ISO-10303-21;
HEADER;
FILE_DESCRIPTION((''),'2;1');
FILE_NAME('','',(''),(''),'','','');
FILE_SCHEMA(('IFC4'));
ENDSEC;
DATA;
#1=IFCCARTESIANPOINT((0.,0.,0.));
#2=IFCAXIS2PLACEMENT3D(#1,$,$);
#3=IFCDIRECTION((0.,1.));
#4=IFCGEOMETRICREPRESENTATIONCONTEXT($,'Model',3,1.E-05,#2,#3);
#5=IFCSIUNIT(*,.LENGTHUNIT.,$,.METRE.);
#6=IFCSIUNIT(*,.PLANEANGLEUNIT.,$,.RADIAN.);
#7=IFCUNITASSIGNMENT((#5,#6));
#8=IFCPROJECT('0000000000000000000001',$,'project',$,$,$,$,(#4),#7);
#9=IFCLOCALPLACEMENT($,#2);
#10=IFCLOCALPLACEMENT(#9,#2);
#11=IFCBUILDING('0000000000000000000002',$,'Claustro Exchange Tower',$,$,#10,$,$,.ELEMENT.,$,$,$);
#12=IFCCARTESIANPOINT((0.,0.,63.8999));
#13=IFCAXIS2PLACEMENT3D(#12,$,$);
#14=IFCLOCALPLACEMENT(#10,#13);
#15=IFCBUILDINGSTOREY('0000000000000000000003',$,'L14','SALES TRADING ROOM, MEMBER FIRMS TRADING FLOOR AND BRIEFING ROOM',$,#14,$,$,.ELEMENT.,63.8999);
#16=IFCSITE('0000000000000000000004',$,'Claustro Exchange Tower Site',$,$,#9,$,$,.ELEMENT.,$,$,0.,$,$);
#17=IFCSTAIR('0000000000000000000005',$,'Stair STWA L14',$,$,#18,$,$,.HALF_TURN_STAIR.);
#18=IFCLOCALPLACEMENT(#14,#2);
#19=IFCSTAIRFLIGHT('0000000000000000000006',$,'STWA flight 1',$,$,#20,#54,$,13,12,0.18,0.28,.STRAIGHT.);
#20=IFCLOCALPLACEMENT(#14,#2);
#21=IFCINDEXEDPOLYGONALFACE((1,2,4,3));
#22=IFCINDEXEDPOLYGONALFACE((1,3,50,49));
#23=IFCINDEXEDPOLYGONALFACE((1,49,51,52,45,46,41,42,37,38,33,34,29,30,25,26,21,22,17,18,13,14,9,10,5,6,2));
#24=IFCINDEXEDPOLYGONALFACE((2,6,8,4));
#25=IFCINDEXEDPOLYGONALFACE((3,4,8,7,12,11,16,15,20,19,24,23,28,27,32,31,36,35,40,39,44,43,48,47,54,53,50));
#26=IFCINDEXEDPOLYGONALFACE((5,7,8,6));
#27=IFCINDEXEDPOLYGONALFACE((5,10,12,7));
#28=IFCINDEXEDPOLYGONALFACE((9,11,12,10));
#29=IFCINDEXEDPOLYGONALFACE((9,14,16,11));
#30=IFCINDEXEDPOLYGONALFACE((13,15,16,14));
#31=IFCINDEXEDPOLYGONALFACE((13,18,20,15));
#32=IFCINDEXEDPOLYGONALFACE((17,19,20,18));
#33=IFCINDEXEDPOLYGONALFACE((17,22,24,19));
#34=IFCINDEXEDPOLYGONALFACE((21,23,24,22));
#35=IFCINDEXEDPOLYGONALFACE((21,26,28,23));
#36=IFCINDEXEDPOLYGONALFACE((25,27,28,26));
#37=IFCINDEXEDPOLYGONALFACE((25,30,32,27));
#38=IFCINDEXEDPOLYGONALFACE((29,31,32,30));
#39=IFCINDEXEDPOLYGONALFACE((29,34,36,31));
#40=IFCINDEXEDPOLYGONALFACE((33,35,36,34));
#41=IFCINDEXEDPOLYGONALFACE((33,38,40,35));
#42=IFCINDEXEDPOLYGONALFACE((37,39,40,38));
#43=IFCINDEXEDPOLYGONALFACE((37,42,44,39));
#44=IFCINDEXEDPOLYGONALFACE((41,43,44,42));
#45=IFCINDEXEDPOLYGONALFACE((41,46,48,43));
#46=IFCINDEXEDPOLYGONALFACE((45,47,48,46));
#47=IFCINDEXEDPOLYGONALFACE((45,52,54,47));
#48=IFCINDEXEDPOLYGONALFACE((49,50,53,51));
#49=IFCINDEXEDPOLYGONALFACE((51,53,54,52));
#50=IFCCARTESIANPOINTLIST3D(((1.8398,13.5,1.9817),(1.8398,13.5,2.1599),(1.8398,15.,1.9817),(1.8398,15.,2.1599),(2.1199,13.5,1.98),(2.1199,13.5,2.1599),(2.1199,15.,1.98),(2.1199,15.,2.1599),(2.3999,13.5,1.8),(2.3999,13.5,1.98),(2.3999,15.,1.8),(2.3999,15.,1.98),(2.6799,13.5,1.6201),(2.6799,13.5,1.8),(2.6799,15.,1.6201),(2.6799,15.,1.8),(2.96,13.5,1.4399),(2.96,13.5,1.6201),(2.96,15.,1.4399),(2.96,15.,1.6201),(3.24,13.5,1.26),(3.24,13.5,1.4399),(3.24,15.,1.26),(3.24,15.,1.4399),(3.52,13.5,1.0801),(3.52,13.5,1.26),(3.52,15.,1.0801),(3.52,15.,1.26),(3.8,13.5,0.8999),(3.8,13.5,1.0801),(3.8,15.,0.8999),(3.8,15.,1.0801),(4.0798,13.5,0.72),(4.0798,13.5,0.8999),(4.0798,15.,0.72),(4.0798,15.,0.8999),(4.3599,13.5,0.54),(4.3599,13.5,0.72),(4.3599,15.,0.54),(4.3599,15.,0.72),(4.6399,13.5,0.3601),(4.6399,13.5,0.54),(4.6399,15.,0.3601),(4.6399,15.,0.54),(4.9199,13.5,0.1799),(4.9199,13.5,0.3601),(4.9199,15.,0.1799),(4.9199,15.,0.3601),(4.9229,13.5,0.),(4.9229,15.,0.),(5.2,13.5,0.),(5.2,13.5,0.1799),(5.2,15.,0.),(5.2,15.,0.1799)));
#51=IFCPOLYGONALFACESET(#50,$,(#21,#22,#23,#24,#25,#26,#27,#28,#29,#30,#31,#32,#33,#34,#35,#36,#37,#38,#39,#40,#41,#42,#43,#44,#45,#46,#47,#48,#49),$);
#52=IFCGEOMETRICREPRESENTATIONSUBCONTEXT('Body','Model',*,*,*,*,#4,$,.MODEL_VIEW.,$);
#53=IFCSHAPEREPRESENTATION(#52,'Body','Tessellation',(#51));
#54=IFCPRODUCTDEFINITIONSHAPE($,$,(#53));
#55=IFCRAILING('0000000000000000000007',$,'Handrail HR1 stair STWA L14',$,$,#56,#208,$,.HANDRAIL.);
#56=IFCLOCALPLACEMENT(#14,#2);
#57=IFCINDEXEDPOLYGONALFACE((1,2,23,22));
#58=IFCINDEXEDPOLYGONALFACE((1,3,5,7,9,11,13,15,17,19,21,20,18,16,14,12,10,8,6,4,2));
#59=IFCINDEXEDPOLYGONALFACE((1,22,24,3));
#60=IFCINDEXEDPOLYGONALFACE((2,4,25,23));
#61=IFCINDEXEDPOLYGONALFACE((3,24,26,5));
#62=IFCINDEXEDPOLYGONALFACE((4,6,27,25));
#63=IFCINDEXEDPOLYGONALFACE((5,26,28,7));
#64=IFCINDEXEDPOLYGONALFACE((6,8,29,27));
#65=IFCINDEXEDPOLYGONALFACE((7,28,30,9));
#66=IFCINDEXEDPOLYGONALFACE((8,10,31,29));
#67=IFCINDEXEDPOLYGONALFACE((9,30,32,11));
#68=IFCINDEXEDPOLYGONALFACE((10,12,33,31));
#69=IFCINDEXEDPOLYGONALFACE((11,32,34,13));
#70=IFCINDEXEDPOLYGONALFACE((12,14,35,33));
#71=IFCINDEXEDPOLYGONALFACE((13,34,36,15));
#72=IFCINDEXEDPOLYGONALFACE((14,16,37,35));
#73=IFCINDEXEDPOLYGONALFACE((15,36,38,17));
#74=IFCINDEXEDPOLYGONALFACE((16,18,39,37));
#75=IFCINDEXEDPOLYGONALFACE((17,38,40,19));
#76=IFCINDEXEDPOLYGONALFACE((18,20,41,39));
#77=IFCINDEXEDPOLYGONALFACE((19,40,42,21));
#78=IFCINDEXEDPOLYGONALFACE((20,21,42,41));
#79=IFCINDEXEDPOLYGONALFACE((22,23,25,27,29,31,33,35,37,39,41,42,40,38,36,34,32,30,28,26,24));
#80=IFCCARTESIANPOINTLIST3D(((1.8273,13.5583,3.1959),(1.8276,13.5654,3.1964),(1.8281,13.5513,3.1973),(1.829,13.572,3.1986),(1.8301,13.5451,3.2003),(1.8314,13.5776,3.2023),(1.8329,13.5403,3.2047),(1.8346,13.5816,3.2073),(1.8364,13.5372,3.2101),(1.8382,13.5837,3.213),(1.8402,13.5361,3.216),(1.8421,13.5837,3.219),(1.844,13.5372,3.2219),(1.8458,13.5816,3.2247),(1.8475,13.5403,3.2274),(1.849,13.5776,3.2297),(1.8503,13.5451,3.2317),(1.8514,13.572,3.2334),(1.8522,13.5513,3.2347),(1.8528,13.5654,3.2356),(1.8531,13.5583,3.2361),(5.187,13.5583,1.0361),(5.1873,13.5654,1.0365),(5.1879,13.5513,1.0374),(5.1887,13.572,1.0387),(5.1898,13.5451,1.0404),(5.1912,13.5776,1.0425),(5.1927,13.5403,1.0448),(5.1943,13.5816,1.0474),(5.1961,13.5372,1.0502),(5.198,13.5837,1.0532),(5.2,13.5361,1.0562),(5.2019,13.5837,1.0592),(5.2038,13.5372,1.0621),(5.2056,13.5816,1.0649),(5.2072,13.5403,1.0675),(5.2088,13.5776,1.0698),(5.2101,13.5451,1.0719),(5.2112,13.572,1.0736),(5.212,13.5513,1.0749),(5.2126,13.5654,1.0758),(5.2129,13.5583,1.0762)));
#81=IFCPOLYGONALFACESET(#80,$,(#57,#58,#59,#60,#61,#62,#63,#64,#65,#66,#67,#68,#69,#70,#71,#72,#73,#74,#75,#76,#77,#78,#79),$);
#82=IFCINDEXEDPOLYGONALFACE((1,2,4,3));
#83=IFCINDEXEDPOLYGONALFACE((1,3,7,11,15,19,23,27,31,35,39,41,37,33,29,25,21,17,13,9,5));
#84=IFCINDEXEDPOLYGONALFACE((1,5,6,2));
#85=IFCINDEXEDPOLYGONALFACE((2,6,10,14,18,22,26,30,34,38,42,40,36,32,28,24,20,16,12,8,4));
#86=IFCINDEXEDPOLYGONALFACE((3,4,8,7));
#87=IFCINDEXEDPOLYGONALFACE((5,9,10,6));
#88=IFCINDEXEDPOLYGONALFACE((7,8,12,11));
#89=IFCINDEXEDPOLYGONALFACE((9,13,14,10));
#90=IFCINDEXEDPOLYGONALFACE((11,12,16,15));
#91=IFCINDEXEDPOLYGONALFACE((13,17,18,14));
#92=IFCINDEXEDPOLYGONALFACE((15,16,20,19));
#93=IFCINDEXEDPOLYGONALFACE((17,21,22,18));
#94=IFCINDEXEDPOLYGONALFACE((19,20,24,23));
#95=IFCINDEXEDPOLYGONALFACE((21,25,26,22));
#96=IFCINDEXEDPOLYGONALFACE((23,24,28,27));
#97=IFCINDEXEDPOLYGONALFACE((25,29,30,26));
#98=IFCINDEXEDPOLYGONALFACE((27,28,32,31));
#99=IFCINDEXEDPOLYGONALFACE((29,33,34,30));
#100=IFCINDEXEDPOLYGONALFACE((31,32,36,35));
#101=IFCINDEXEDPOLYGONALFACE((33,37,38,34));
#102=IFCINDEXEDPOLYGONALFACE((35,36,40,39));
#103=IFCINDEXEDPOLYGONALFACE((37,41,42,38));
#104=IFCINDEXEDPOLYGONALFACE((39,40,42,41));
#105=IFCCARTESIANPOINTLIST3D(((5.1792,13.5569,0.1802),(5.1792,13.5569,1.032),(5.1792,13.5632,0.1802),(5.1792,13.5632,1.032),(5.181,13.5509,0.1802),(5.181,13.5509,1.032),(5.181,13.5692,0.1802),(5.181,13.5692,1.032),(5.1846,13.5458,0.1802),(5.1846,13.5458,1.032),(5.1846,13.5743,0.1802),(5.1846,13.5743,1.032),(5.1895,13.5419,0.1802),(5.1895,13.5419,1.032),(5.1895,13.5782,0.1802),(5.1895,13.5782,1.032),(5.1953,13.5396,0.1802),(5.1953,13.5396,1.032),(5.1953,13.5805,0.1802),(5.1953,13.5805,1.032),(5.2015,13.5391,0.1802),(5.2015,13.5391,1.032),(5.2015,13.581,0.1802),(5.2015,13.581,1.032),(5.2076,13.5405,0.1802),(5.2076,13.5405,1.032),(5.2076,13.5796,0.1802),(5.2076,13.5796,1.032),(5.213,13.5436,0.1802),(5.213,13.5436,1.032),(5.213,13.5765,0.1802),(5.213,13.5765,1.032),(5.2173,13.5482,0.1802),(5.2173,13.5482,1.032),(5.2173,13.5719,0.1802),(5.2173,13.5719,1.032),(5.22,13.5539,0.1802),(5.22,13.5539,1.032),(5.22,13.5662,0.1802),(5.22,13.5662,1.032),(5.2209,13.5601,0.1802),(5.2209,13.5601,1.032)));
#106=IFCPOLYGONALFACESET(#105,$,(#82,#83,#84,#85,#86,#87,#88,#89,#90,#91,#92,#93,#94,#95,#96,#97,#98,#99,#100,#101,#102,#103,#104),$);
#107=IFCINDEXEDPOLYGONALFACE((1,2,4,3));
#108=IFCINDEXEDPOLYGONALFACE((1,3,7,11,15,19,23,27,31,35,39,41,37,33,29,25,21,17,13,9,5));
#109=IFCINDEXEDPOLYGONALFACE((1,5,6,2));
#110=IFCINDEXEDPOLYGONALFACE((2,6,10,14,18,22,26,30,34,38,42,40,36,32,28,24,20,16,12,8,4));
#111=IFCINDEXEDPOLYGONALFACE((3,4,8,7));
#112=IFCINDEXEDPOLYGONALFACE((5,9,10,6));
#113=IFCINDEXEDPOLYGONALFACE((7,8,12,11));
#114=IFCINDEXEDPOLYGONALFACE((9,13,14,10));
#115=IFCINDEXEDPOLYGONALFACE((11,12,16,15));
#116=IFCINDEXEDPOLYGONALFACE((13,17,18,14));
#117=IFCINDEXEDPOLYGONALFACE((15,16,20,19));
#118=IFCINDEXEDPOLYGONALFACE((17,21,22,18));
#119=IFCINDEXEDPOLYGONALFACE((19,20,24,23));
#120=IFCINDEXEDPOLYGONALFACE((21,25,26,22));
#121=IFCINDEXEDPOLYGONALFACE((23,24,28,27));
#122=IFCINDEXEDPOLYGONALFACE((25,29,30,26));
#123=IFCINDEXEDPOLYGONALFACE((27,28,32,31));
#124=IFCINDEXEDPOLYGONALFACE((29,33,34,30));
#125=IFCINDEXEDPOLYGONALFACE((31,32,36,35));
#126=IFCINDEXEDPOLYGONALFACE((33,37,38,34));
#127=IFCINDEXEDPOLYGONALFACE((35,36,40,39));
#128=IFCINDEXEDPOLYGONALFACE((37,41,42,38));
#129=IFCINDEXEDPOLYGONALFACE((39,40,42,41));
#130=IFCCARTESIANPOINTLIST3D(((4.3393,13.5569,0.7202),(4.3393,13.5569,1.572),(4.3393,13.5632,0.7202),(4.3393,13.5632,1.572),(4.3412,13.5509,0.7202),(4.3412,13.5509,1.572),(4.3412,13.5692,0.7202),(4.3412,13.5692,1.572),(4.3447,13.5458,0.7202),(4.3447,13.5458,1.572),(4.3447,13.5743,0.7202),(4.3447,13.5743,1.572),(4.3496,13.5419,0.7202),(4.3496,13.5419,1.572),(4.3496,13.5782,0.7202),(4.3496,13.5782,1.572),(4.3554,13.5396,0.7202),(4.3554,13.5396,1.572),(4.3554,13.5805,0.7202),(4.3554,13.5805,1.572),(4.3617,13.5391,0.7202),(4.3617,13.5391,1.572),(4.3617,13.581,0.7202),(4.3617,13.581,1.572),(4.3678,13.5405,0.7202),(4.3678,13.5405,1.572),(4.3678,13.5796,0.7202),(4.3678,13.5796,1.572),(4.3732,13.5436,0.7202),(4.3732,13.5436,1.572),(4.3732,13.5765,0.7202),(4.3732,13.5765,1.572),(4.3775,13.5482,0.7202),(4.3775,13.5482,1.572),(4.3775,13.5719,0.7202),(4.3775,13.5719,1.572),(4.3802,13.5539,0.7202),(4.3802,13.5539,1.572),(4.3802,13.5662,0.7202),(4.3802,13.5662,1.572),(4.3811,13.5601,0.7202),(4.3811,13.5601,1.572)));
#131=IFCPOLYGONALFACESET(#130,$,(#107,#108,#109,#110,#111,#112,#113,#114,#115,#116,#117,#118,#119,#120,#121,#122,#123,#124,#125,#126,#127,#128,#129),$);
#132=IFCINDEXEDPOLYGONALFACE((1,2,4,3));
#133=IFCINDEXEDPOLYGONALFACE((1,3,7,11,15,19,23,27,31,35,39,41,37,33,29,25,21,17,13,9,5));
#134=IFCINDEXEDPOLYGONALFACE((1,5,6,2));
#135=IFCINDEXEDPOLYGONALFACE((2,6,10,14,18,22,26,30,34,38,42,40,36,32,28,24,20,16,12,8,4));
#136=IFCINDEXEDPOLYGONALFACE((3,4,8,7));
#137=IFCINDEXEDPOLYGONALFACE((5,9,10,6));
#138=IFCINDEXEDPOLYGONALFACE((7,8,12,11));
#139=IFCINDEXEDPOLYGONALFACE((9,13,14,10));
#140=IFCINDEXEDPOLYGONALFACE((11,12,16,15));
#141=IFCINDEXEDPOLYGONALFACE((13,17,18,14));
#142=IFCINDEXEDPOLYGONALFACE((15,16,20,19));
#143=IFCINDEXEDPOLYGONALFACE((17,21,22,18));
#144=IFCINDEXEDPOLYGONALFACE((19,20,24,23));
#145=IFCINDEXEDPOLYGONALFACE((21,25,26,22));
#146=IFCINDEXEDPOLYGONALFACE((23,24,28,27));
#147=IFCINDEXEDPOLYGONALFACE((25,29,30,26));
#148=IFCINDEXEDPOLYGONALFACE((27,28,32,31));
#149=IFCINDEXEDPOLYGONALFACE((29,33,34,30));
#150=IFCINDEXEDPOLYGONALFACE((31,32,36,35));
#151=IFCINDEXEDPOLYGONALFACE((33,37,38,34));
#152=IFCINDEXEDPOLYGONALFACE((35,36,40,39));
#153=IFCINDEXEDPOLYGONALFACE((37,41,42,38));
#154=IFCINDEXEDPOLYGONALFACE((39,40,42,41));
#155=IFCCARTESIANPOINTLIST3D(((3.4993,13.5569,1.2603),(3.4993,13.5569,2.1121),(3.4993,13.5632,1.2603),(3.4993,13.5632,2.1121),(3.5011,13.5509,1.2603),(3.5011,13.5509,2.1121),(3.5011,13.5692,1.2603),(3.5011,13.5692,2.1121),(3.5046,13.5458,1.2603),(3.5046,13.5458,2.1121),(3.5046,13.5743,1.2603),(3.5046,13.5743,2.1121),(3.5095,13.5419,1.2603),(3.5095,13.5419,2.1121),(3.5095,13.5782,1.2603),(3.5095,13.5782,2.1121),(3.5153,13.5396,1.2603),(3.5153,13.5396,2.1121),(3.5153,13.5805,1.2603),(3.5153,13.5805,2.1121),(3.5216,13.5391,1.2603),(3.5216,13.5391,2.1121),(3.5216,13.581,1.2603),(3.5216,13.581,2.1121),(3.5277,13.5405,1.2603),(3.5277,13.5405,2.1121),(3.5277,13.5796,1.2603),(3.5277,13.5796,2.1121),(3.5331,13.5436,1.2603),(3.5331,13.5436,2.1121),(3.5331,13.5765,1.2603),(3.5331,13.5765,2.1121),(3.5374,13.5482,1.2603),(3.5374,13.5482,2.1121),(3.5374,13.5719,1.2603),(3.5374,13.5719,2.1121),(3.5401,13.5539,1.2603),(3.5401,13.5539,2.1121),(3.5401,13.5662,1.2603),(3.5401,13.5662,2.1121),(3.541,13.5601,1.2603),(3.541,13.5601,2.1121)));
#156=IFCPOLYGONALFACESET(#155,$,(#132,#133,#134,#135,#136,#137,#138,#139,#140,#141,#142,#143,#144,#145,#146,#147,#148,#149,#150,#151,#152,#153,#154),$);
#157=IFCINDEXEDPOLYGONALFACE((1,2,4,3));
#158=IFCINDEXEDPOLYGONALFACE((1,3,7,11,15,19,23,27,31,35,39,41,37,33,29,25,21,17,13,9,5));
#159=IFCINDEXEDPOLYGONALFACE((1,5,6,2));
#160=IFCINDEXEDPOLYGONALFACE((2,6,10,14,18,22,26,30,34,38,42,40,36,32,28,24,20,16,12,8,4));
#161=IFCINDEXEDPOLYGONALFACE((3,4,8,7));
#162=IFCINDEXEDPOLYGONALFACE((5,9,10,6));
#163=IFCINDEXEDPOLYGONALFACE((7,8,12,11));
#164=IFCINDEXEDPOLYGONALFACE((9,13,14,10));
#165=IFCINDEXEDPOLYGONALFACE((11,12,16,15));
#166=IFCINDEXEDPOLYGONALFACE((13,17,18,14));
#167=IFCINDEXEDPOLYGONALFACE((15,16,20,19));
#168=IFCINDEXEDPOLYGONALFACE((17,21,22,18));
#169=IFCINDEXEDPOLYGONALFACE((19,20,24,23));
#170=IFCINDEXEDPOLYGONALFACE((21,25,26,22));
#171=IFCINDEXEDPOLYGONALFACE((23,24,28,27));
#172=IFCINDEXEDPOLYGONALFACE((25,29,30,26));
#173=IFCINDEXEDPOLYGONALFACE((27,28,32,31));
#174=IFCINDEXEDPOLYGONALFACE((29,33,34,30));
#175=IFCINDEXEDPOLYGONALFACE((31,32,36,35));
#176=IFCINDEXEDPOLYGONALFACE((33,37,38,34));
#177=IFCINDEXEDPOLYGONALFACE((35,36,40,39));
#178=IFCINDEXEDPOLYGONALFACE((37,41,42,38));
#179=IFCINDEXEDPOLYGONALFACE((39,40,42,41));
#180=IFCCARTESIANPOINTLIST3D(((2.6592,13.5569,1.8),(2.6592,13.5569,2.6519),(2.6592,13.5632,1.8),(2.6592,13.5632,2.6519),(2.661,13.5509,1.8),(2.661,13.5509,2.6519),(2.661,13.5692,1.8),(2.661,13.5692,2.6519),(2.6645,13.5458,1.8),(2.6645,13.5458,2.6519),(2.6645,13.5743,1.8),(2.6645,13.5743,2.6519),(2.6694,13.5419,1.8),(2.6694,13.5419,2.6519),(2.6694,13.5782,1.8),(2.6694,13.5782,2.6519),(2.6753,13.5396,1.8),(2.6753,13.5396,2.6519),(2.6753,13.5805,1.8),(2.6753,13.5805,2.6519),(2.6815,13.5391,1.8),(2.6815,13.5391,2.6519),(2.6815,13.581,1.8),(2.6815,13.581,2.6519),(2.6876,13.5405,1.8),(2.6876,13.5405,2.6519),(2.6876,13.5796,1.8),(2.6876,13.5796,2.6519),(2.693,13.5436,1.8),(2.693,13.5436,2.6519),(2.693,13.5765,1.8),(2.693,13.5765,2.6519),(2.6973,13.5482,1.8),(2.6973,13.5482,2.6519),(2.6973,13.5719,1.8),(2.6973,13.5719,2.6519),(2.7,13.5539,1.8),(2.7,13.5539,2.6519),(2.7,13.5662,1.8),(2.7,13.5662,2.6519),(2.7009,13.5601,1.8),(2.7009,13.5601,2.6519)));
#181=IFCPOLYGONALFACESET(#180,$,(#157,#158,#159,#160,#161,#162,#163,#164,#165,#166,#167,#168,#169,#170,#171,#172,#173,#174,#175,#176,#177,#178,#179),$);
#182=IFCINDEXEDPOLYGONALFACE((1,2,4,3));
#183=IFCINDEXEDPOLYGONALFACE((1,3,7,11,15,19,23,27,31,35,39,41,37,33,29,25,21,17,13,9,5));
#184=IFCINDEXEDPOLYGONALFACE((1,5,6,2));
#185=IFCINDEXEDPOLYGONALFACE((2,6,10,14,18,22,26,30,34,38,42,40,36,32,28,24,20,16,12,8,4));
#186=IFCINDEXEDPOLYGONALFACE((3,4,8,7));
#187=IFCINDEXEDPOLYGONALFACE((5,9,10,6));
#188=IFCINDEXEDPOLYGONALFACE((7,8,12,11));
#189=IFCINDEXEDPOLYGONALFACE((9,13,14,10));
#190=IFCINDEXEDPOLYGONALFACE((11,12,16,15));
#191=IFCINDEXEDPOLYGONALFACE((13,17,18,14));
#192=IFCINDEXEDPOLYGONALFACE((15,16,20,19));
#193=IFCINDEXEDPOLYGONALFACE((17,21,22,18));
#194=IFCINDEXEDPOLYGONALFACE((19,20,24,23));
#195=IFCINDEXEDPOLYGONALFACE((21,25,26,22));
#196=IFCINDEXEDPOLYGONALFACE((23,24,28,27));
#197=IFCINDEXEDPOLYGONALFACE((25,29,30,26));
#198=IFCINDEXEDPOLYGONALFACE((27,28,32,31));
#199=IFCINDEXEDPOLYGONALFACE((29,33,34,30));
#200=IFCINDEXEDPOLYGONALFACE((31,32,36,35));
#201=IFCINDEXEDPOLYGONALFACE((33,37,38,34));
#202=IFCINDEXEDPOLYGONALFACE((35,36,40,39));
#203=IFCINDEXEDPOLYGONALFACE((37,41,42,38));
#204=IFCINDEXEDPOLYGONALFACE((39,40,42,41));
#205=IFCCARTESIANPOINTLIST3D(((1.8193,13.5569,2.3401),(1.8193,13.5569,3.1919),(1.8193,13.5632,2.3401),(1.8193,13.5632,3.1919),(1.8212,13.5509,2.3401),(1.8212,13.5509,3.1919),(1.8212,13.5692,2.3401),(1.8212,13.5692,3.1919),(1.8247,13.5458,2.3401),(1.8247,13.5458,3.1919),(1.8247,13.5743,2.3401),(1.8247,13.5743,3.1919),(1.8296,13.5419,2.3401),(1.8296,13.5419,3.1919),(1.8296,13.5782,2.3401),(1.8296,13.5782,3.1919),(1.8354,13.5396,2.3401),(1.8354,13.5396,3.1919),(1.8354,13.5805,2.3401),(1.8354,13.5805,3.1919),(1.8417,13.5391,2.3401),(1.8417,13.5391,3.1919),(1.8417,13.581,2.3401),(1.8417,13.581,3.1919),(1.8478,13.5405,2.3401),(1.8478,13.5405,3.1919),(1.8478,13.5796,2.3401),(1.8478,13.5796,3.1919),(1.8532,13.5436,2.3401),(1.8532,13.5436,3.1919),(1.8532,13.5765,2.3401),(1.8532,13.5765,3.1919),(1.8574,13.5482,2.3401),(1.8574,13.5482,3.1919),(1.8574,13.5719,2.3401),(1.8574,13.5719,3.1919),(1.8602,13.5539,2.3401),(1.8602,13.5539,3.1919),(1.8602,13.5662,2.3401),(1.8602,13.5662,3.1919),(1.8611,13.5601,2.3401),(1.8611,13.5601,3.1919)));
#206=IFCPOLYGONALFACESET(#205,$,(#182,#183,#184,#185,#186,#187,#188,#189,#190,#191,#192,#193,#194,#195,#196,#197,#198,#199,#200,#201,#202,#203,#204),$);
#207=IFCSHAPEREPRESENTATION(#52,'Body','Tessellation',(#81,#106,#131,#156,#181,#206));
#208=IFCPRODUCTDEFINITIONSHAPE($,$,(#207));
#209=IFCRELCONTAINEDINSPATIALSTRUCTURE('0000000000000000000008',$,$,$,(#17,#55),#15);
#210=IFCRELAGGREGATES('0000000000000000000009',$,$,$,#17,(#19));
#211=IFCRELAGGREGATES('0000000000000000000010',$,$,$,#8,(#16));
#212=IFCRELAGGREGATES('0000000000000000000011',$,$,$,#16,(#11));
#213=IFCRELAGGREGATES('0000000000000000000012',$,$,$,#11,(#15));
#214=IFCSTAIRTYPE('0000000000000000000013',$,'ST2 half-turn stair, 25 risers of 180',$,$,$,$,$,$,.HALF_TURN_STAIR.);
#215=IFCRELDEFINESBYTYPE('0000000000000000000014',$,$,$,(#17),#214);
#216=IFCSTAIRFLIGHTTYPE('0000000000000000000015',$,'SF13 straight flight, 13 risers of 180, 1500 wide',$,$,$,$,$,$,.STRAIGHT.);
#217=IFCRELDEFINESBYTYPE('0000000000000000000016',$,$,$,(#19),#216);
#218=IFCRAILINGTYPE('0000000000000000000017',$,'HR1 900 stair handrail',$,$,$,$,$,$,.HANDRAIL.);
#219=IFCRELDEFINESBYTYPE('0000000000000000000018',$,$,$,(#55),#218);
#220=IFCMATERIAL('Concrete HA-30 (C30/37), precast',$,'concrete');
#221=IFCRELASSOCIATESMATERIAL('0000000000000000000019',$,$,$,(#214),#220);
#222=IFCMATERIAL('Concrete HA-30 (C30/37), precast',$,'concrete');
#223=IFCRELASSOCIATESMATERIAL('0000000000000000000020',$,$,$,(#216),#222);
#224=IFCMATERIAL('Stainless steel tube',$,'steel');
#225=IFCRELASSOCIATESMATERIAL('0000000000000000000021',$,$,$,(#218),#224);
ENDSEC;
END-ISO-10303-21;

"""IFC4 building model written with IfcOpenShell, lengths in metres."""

from ifc_helpers import new_model, si_unit, direction, frame, origin, origin_2d, place, context, subcontext, project, spatial, polyline, circle, outline, extrude, material, type_object, element, aggregate, save


model = new_model("IFC4")

# Units and contexts
model_context = context("Model", 3, precision=1e-05, world=origin(), true_north=direction((0.0, 1.0)))
body_context = subcontext(model_context, "Body", "Model", "MODEL_VIEW")
ifc_project = project(units=[si_unit("LENGTHUNIT", "METRE"), si_unit("PLANEANGLEUNIT", "RADIAN")], contexts=[model_context])

# Site, building, storey
site_placement = place(None, origin())
site = spatial("IfcSite", under=ifc_project, at=site_placement, Name="Claustro Exchange Tower Site", CompositionType="ELEMENT", RefElevation=0.0)
building_placement = place(site_placement, origin())
building = spatial("IfcBuilding", under=site, at=building_placement, Name="Claustro Exchange Tower", CompositionType="ELEMENT")
storey_placement = place(building_placement, frame((0.0, 0.0, 63.8999)))
storey = spatial("IfcBuildingStorey", under=building, at=storey_placement, Name="L14", Description="SALES TRADING ROOM, MEMBER FIRMS TRADING FLOOR AND BRIEFING ROOM", CompositionType="ELEMENT", Elevation=63.8999)

# Stair, stair flight
ifc_material_1 = material(Name="Concrete HA-30 (C30/37), precast", Category="concrete")
stair_type = type_object("IfcStairType", Name="ST2 half-turn stair, 25 risers of 180", PredefinedType="HALF_TURN_STAIR", material=ifc_material_1)
stair_placement = place(storey_placement, origin())
stair = element("IfcStair", 1, at=stair_placement, inside=storey, type_object=stair_type, Name="Stair STWA L14", PredefinedType="HALF_TURN_STAIR")
ifc_material_2 = material(Name="Concrete HA-30 (C30/37), precast", Category="concrete")
stair_flight_type = type_object("IfcStairFlightType", Name="SF13 straight flight, 13 risers of 180, 1500 wide", PredefinedType="STRAIGHT", material=ifc_material_2)
stair_flight_placement = place(storey_placement, frame((5.2, 14.25, 0.0), z_axis=(0.0, 0.0, 1.0), x_axis=(-1.0, 0.0, 0.0)))
stair_flight = element("IfcStairFlight", 2, at=stair_flight_placement, type_object=stair_flight_type, Name="STWA flight 1", NumberOfRisers=13, NumberOfTreads=12, PredefinedType="STRAIGHT", RiserHeight=0.18, TreadLength=0.28, context=body_context, shape_type="SweptSolid", body=[
    extrude(outline(polyline([(0.0, 0.0), (0.0, 0.1799), (0.28, 0.1799), (0.28, 0.3601), (0.5601, 0.3601), (0.5601, 0.54), (0.8401, 0.54), (0.8401, 0.72), (1.1201, 0.72), (1.1201, 0.8999), (1.3999, 0.8999), (1.3999, 1.0801), (1.6799, 1.0801), (1.6799, 1.26), (1.96, 1.26), (1.96, 1.4399), (2.24, 1.4399), (2.24, 1.6201), (2.52, 1.6201), (2.52, 1.8), (2.8, 1.8), (2.8, 1.98), (3.0801, 1.98), (3.0801, 2.1599), (3.3601, 2.1599), (3.3601, 2.3401), (3.3601, 1.9817), (0.2771, 0.0), (0.0, 0.0)])), frame((0.0, 0.75, 0.0), z_axis=(0.0, -1.0, 0.0), x_axis=(1.0, 0.0, 0.0)), (0.0, 0.0, 1.0), 1.5),
])
aggregate(stair, [stair_flight])

# Railing
ifc_material_3 = material(Name="Stainless steel tube", Category="steel")
railing_type = type_object("IfcRailingType", Name="HR1 900 stair handrail", PredefinedType="HANDRAIL", material=ifc_material_3)
railing_placement = place(storey_placement, frame((5.2, 13.5601, 0.1802)))
element("IfcRailing", 3, at=railing_placement, inside=storey, type_object=railing_type, Name="Handrail HR1 stair STWA L14", PredefinedType="HANDRAIL", context=body_context, shape_type="SweptSolid", body=[
    extrude(circle(Radius=0.0239, at=origin_2d()), frame((0.0, 0.0, 0.876), z_axis=(-0.841178, 0.0, 0.540758), x_axis=(0.0, -1.0, 0.0)), (0.0, 0.0, 1.0), 3.9941),
    extrude(circle(Radius=0.021, at=origin_2d()), origin(), (0.0, 0.0, 1.0), 0.8518),
    extrude(circle(Radius=0.021, at=origin_2d()), frame((-0.8398, 0.0, 0.54)), (0.0, 0.0, 1.0), 0.8518),
    extrude(circle(Radius=0.021, at=origin_2d()), frame((-1.6799, 0.0, 1.0801)), (0.0, 0.0, 1.0), 0.8518),
    extrude(circle(Radius=0.021, at=origin_2d()), frame((-2.52, 0.0, 1.6199)), (0.0, 0.0, 1.0), 0.8518),
    extrude(circle(Radius=0.021, at=origin_2d()), frame((-3.3599, 0.0, 2.1599)), (0.0, 0.0, 1.0), 0.8518),
])

save(model, "model.ifc")
